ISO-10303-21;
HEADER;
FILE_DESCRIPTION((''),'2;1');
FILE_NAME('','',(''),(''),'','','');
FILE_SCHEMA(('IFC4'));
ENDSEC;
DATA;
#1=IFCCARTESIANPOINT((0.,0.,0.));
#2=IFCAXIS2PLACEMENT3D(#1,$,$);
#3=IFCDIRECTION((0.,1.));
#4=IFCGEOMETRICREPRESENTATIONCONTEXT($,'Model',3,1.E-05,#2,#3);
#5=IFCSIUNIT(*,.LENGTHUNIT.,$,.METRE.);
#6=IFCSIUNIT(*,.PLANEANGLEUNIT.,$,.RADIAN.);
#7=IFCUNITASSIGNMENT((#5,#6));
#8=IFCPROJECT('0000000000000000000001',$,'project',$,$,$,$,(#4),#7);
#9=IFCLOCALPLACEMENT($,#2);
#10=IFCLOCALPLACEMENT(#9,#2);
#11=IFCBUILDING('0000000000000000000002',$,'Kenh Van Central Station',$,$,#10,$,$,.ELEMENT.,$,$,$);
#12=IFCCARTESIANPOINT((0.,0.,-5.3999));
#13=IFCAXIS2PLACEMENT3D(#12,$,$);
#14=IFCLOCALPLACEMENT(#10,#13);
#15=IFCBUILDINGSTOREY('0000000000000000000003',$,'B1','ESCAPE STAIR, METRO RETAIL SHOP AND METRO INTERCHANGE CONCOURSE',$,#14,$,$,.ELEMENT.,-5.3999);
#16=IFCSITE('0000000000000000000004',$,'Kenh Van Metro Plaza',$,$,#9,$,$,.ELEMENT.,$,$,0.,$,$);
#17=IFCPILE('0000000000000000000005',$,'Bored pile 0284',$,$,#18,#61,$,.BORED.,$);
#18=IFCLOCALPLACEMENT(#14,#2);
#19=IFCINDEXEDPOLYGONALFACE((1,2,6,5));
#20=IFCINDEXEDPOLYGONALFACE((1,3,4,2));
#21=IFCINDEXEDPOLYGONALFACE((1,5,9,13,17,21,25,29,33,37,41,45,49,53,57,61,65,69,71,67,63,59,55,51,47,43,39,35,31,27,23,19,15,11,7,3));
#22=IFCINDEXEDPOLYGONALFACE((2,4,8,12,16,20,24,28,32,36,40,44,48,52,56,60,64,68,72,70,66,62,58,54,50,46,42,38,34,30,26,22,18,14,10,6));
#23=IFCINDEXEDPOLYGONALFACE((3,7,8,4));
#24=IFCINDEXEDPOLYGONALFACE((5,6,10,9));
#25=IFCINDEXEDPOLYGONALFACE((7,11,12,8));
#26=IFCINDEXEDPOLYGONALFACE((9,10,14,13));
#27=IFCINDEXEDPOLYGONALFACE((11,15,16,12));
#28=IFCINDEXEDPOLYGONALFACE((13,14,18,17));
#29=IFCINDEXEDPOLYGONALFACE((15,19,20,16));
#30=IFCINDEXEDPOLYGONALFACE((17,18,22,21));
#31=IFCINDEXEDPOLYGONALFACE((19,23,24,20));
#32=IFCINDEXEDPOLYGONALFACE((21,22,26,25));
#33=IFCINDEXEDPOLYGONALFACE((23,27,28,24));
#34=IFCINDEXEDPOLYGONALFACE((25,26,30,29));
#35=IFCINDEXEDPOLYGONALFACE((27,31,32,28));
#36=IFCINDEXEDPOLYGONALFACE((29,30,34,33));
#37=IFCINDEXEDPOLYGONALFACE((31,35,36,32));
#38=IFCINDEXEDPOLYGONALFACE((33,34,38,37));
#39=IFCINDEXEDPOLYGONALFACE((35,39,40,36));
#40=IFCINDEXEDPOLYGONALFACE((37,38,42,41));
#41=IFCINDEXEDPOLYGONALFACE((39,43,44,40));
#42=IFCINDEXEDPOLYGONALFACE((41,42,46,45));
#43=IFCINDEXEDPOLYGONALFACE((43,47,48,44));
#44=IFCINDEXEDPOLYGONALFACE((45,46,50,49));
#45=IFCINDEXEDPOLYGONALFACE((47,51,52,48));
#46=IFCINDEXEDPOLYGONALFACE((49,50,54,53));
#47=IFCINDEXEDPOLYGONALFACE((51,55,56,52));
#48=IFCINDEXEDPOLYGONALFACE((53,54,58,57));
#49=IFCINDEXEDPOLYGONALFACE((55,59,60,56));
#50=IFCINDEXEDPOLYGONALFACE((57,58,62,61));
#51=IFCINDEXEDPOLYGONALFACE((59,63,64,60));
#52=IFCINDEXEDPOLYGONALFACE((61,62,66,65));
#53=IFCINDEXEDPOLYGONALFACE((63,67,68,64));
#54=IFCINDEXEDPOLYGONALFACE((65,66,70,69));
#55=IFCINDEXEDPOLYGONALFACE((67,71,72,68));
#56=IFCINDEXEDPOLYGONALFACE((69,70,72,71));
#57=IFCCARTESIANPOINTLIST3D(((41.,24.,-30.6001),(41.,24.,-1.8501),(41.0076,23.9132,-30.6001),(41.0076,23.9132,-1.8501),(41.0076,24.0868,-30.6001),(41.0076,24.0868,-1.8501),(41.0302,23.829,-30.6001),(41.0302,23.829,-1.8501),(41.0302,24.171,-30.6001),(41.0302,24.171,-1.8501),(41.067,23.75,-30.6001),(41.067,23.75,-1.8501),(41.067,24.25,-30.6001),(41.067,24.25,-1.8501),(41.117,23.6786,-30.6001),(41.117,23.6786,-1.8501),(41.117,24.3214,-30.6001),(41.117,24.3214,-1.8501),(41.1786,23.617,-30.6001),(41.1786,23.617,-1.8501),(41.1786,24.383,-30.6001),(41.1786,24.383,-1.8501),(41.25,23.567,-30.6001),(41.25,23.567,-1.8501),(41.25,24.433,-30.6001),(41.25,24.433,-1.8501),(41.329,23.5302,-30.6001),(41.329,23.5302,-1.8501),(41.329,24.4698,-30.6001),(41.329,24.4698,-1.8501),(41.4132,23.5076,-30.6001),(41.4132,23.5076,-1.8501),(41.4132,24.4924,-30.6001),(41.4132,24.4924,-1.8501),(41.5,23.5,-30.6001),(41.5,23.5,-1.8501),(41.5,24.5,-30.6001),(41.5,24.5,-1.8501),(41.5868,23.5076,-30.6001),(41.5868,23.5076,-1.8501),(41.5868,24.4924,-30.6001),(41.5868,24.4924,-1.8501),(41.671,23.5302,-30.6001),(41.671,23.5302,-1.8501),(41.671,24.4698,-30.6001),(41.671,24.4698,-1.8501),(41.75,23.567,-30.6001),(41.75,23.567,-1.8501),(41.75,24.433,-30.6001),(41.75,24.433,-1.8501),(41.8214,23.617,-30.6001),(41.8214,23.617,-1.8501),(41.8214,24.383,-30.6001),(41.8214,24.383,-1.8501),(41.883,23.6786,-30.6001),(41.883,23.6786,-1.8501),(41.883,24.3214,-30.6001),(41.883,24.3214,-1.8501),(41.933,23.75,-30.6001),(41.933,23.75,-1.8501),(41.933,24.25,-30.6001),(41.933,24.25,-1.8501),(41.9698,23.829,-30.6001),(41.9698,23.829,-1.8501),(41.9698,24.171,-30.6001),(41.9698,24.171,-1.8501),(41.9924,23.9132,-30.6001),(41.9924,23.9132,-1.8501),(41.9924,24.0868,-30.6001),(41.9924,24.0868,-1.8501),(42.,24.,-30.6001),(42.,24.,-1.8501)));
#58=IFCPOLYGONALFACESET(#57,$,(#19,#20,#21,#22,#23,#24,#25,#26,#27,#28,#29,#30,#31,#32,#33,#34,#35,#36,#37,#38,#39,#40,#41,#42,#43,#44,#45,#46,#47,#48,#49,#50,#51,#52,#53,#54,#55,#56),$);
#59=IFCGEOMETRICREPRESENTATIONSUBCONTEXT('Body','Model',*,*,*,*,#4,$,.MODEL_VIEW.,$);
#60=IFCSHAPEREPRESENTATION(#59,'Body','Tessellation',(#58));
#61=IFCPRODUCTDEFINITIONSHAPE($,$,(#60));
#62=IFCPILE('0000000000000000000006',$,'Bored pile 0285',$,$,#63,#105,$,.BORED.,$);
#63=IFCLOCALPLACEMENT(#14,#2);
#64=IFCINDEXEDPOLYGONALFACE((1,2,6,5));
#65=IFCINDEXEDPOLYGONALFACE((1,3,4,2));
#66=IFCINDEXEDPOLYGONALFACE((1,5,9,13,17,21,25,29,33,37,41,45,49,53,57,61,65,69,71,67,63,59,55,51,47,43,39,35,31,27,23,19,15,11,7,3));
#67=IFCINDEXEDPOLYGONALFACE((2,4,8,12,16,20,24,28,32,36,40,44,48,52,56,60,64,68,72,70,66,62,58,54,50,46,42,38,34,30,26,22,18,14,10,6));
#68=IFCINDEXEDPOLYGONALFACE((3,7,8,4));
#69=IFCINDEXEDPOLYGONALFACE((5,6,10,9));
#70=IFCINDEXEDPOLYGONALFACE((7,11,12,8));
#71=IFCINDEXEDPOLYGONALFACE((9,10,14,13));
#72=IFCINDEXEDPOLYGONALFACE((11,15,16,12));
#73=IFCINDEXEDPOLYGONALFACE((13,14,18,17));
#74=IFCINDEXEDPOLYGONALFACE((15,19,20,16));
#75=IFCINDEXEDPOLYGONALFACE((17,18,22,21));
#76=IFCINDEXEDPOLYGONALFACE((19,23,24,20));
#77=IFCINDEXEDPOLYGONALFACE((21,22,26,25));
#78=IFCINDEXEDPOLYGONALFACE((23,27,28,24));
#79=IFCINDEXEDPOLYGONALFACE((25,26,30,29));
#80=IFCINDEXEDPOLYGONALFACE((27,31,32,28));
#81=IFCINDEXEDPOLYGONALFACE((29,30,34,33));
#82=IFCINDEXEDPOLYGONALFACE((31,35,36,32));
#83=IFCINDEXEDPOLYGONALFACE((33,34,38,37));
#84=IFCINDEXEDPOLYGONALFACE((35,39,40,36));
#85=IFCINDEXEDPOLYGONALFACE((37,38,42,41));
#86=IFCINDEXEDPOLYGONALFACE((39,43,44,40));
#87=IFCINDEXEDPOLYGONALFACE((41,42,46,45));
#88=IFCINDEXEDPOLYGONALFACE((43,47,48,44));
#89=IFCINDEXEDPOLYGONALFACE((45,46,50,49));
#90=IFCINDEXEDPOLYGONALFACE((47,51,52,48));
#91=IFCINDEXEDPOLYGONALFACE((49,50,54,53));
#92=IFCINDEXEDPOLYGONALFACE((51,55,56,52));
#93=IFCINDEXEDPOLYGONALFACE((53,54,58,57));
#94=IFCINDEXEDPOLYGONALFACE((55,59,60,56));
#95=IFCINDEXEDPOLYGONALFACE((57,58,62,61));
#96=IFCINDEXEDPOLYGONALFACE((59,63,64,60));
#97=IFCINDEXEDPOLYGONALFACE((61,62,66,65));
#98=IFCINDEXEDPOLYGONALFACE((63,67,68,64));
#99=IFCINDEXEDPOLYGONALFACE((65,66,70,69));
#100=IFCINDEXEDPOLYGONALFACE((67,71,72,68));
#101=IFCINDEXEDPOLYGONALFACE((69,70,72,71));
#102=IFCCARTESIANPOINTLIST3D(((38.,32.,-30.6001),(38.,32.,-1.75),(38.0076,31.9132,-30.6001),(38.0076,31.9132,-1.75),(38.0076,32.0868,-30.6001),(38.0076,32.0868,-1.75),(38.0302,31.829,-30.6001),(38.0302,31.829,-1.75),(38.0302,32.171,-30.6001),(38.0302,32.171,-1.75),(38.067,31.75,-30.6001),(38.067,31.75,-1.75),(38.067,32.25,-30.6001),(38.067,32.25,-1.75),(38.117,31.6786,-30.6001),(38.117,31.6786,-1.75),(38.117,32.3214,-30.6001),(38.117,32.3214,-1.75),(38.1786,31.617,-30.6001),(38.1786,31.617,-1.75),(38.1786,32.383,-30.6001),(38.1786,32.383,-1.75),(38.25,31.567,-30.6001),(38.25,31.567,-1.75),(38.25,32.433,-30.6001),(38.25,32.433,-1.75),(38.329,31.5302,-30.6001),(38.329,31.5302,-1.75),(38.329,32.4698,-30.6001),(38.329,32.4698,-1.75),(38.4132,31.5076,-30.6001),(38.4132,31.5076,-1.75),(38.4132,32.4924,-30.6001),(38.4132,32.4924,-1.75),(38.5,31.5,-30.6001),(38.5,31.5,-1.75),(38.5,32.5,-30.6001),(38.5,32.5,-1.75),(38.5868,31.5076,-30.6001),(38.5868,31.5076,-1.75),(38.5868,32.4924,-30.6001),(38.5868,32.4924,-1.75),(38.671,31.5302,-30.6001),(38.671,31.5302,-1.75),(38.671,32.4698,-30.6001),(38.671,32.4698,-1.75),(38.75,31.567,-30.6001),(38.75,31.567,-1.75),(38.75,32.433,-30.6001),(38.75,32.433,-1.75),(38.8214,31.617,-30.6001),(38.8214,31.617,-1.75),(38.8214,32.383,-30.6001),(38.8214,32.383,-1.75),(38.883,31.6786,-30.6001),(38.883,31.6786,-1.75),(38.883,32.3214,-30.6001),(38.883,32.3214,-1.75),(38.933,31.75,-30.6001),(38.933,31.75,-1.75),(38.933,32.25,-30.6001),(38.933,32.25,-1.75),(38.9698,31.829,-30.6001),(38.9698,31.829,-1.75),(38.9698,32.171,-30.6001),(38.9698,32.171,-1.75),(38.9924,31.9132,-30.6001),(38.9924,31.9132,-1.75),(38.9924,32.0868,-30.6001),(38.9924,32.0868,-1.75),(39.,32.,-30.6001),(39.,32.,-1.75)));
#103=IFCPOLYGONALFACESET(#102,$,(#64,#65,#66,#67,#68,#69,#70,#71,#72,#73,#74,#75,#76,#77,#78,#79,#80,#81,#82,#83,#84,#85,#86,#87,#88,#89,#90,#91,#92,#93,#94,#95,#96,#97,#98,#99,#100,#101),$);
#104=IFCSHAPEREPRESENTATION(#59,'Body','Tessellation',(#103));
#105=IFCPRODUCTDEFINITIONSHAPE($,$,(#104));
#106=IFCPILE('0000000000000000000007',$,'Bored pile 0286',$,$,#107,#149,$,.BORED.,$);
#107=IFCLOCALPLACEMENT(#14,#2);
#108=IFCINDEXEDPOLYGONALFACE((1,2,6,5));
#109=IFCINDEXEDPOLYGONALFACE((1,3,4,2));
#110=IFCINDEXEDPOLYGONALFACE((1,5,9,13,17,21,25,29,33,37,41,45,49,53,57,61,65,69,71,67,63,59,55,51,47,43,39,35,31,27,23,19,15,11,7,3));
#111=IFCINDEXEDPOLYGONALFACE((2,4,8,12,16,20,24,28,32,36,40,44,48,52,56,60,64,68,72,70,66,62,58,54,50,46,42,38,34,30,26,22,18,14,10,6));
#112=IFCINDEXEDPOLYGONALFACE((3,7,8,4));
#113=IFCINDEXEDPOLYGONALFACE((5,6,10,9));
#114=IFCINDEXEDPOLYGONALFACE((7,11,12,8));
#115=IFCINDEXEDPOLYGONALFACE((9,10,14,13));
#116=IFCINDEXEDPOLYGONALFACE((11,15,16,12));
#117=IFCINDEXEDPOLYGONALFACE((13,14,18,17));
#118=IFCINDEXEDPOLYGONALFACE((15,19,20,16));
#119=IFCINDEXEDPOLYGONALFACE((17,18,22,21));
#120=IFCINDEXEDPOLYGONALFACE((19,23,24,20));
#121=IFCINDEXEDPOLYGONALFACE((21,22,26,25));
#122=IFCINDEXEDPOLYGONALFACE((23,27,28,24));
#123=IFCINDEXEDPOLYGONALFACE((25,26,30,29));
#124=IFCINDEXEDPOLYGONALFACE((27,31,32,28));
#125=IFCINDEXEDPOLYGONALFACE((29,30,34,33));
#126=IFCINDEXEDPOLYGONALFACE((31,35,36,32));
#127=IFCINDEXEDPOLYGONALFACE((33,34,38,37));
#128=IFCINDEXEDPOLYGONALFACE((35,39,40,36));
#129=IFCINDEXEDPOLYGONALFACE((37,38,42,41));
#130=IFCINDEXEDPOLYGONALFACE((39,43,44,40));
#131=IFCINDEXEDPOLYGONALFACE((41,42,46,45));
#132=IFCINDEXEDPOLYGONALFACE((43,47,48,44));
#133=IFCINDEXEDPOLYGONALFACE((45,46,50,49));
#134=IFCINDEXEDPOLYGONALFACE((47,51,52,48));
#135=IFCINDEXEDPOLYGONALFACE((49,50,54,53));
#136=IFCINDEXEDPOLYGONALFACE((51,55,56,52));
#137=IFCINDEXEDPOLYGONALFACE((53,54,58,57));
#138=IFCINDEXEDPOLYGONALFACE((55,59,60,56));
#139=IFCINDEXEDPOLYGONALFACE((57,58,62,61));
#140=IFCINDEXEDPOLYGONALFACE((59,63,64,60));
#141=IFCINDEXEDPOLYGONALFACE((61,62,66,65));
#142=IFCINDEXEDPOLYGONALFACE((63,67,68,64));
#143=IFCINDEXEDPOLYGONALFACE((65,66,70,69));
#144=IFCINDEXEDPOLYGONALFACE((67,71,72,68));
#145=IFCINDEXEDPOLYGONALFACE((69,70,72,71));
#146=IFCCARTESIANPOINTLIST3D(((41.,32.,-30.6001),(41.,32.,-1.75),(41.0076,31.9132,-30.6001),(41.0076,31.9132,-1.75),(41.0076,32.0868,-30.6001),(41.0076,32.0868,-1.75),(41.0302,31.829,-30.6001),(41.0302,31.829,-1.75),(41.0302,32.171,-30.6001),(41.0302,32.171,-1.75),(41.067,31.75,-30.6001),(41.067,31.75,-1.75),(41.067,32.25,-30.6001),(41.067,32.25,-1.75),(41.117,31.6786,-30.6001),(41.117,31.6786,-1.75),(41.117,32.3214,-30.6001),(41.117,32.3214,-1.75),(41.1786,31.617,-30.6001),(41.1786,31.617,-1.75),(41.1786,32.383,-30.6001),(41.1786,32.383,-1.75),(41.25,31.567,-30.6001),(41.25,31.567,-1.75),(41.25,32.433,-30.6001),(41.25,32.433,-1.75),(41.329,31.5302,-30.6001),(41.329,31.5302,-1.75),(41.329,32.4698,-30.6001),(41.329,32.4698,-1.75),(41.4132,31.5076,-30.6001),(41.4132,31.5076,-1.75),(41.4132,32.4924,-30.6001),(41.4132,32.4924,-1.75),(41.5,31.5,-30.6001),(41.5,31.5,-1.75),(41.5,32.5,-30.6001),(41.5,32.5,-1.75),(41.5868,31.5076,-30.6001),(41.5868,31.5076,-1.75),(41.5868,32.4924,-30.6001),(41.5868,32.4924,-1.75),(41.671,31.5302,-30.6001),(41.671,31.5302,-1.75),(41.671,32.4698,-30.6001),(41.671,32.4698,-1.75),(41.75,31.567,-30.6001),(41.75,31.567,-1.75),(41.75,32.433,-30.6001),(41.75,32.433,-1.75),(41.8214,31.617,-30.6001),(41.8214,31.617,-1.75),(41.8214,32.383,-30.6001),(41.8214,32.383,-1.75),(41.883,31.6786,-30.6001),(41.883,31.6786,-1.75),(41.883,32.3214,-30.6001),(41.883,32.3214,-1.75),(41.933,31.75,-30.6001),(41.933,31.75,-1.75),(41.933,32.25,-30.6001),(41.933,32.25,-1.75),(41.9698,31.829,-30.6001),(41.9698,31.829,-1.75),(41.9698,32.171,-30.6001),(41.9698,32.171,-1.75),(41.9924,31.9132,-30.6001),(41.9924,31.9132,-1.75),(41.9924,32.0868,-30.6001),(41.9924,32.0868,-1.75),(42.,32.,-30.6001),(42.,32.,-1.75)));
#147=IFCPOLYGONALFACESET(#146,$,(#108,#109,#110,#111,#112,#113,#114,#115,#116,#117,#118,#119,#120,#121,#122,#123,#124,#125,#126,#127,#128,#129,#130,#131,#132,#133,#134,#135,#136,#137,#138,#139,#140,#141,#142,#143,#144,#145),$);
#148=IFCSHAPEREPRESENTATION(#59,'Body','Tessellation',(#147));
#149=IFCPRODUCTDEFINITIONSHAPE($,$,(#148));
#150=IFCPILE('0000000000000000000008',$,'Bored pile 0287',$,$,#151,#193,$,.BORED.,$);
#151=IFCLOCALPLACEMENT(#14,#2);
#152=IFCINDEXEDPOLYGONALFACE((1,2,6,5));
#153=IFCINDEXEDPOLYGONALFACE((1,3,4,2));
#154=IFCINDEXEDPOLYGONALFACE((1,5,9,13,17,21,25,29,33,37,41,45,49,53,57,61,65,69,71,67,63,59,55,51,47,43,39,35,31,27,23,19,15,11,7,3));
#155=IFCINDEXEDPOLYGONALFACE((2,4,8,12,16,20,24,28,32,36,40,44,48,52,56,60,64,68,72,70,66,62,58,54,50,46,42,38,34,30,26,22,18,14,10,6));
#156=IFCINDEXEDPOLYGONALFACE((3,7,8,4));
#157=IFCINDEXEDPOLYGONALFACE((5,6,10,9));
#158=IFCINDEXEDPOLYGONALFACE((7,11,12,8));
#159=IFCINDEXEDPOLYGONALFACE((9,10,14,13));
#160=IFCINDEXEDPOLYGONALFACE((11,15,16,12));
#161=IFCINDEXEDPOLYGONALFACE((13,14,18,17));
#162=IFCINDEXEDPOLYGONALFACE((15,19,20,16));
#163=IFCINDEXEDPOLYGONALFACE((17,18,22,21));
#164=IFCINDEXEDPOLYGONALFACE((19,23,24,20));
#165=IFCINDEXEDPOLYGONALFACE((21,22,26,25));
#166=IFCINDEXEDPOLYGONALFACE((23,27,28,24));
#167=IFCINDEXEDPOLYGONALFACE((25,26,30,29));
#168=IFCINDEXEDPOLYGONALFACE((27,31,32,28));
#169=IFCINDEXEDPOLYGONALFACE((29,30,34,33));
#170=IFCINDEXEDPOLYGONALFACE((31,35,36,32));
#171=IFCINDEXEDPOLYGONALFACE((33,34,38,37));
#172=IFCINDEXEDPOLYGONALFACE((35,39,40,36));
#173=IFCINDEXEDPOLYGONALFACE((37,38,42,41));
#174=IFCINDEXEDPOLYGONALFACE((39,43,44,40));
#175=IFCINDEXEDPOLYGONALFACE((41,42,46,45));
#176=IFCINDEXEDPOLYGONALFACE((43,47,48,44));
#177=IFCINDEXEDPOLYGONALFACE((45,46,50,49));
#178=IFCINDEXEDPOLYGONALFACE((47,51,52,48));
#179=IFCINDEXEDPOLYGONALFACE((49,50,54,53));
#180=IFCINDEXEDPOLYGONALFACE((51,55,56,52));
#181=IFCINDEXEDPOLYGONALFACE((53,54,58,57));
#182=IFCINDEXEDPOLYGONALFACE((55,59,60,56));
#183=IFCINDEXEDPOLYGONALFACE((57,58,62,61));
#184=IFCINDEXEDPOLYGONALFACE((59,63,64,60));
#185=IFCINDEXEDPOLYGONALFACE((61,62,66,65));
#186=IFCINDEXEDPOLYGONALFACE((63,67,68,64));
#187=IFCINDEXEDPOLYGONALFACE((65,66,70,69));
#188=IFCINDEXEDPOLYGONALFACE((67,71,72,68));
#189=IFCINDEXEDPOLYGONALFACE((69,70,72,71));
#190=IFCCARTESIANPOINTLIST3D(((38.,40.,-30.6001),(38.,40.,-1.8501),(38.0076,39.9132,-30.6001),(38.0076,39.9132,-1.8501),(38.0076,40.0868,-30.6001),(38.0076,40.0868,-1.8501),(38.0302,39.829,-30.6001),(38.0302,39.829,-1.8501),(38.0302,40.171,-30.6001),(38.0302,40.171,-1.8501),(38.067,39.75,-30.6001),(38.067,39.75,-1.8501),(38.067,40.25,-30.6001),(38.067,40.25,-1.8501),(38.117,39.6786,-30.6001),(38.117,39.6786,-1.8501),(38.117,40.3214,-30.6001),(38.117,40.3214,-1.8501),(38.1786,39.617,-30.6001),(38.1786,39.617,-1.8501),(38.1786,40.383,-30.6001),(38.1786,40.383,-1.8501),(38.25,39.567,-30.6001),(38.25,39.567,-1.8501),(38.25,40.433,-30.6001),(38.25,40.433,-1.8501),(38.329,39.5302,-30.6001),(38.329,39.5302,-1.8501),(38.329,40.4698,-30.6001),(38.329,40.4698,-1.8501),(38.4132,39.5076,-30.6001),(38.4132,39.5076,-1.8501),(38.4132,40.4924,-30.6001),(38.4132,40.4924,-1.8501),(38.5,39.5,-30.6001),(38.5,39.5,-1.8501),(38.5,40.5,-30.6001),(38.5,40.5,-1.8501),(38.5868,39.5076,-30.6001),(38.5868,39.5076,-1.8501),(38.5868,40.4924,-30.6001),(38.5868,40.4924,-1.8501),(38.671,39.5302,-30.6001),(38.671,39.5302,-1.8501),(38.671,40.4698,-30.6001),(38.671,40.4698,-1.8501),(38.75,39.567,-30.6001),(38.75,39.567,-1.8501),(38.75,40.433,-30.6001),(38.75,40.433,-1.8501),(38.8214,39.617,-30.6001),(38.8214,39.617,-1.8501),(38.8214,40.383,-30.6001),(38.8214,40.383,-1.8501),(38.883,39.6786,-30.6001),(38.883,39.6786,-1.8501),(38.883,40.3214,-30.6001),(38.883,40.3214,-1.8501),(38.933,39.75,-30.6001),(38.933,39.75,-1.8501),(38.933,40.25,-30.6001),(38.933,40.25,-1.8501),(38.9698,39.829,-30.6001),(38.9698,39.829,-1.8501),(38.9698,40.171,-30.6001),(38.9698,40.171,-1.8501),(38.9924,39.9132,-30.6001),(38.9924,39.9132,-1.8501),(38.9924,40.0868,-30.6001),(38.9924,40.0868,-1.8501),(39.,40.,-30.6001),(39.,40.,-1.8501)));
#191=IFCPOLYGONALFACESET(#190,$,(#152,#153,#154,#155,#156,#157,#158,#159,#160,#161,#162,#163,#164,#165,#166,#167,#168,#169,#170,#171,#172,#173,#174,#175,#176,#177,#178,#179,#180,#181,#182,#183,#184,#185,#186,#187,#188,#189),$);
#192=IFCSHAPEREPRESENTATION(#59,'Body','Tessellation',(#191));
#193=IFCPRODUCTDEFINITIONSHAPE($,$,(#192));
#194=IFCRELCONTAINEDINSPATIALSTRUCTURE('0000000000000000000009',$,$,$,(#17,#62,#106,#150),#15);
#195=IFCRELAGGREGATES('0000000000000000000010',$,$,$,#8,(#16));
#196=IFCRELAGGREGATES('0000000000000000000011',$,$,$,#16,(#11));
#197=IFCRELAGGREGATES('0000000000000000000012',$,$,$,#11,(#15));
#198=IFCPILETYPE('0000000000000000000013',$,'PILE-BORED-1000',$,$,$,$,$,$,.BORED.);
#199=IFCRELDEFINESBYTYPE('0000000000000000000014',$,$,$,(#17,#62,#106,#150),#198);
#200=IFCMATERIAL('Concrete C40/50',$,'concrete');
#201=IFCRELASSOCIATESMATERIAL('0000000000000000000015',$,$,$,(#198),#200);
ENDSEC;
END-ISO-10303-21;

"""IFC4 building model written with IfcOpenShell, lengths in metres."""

from ifc_helpers import new_model, si_unit, direction, frame, origin, origin_2d, place, context, subcontext, project, spatial, circle, extrude, material, material_profile, profile_set, type_object, element, save


model = new_model("IFC4")

# Units and contexts
model_context = context("Model", 3, precision=1e-05, world=origin(), true_north=direction((0.0, 1.0)))
body_context = subcontext(model_context, "Body", "Model", "MODEL_VIEW")
ifc_project = project(units=[si_unit("LENGTHUNIT", "METRE"), si_unit("PLANEANGLEUNIT", "RADIAN")], contexts=[model_context])

# Site, building, storey
site_placement = place(None, origin())
site = spatial("IfcSite", under=ifc_project, at=site_placement, Name="Kenh Van Metro Plaza", CompositionType="ELEMENT", RefElevation=0.0)
building_placement = place(site_placement, origin())
building = spatial("IfcBuilding", under=site, at=building_placement, Name="Kenh Van Central Station", CompositionType="ELEMENT")
storey_placement = place(building_placement, frame((0.0, 0.0, -5.3999)))
storey = spatial("IfcBuildingStorey", under=building, at=storey_placement, Name="B1", Description="ESCAPE STAIR, METRO RETAIL SHOP AND METRO INTERCHANGE CONCOURSE", CompositionType="ELEMENT", Elevation=-5.3999)

# Shared definitions
ifc_material_1 = material(Name="Concrete C40/50", Category="concrete")

# Piles
ifc_material_profile_1 = material_profile(ifc_material_1, circle(Radius=0.5, at=origin_2d()), Name="PILE D1000")
ifc_profile_set_1 = profile_set([ifc_material_profile_1], Name="Concrete C40/50")
pile_type = type_object("IfcPileType", Name="PILE-BORED-1000", PredefinedType="BORED", material=ifc_profile_set_1)
for number, where, z_axis, x_axis, name in (
    (1, (41.5, 24.0, -1.8501), (0.0, 0.0, -1.0), (1.0, 0.0, 0.0), "Bored pile 0284"),
):
    element("IfcPile", number, at=place(storey_placement, frame(where, z_axis=z_axis, x_axis=x_axis)), inside=storey, type_object=pile_type, Name=name, PredefinedType="BORED", context=body_context, shape_type="SweptSolid", body=[
        extrude(circle(Radius=0.5, at=origin_2d()), origin(), (0.0, 0.0, 1.0), 28.75),
    ])
for number, where, z_axis, x_axis, name in (
    (2, (38.5, 32.0, -1.75), (0.0, 0.0, -1.0), (1.0, 0.0, 0.0), "Bored pile 0285"),
    (3, (41.5, 32.0, -1.75), (0.0, 0.0, -1.0), (1.0, 0.0, 0.0), "Bored pile 0286"),
):
    element("IfcPile", number, at=place(storey_placement, frame(where, z_axis=z_axis, x_axis=x_axis)), inside=storey, type_object=pile_type, Name=name, PredefinedType="BORED", context=body_context, shape_type="SweptSolid", body=[
        extrude(circle(Radius=0.5, at=origin_2d()), origin(), (0.0, 0.0, 1.0), 28.8501),
    ])
for number, where, z_axis, x_axis, name in (
    (4, (38.5, 40.0, -1.8501), (0.0, 0.0, -1.0), (1.0, 0.0, 0.0), "Bored pile 0287"),
):
    element("IfcPile", number, at=place(storey_placement, frame(where, z_axis=z_axis, x_axis=x_axis)), inside=storey, type_object=pile_type, Name=name, PredefinedType="BORED", context=body_context, shape_type="SweptSolid", body=[
        extrude(circle(Radius=0.5, at=origin_2d()), origin(), (0.0, 0.0, 1.0), 28.75),
    ])

save(model, "model.ifc")
